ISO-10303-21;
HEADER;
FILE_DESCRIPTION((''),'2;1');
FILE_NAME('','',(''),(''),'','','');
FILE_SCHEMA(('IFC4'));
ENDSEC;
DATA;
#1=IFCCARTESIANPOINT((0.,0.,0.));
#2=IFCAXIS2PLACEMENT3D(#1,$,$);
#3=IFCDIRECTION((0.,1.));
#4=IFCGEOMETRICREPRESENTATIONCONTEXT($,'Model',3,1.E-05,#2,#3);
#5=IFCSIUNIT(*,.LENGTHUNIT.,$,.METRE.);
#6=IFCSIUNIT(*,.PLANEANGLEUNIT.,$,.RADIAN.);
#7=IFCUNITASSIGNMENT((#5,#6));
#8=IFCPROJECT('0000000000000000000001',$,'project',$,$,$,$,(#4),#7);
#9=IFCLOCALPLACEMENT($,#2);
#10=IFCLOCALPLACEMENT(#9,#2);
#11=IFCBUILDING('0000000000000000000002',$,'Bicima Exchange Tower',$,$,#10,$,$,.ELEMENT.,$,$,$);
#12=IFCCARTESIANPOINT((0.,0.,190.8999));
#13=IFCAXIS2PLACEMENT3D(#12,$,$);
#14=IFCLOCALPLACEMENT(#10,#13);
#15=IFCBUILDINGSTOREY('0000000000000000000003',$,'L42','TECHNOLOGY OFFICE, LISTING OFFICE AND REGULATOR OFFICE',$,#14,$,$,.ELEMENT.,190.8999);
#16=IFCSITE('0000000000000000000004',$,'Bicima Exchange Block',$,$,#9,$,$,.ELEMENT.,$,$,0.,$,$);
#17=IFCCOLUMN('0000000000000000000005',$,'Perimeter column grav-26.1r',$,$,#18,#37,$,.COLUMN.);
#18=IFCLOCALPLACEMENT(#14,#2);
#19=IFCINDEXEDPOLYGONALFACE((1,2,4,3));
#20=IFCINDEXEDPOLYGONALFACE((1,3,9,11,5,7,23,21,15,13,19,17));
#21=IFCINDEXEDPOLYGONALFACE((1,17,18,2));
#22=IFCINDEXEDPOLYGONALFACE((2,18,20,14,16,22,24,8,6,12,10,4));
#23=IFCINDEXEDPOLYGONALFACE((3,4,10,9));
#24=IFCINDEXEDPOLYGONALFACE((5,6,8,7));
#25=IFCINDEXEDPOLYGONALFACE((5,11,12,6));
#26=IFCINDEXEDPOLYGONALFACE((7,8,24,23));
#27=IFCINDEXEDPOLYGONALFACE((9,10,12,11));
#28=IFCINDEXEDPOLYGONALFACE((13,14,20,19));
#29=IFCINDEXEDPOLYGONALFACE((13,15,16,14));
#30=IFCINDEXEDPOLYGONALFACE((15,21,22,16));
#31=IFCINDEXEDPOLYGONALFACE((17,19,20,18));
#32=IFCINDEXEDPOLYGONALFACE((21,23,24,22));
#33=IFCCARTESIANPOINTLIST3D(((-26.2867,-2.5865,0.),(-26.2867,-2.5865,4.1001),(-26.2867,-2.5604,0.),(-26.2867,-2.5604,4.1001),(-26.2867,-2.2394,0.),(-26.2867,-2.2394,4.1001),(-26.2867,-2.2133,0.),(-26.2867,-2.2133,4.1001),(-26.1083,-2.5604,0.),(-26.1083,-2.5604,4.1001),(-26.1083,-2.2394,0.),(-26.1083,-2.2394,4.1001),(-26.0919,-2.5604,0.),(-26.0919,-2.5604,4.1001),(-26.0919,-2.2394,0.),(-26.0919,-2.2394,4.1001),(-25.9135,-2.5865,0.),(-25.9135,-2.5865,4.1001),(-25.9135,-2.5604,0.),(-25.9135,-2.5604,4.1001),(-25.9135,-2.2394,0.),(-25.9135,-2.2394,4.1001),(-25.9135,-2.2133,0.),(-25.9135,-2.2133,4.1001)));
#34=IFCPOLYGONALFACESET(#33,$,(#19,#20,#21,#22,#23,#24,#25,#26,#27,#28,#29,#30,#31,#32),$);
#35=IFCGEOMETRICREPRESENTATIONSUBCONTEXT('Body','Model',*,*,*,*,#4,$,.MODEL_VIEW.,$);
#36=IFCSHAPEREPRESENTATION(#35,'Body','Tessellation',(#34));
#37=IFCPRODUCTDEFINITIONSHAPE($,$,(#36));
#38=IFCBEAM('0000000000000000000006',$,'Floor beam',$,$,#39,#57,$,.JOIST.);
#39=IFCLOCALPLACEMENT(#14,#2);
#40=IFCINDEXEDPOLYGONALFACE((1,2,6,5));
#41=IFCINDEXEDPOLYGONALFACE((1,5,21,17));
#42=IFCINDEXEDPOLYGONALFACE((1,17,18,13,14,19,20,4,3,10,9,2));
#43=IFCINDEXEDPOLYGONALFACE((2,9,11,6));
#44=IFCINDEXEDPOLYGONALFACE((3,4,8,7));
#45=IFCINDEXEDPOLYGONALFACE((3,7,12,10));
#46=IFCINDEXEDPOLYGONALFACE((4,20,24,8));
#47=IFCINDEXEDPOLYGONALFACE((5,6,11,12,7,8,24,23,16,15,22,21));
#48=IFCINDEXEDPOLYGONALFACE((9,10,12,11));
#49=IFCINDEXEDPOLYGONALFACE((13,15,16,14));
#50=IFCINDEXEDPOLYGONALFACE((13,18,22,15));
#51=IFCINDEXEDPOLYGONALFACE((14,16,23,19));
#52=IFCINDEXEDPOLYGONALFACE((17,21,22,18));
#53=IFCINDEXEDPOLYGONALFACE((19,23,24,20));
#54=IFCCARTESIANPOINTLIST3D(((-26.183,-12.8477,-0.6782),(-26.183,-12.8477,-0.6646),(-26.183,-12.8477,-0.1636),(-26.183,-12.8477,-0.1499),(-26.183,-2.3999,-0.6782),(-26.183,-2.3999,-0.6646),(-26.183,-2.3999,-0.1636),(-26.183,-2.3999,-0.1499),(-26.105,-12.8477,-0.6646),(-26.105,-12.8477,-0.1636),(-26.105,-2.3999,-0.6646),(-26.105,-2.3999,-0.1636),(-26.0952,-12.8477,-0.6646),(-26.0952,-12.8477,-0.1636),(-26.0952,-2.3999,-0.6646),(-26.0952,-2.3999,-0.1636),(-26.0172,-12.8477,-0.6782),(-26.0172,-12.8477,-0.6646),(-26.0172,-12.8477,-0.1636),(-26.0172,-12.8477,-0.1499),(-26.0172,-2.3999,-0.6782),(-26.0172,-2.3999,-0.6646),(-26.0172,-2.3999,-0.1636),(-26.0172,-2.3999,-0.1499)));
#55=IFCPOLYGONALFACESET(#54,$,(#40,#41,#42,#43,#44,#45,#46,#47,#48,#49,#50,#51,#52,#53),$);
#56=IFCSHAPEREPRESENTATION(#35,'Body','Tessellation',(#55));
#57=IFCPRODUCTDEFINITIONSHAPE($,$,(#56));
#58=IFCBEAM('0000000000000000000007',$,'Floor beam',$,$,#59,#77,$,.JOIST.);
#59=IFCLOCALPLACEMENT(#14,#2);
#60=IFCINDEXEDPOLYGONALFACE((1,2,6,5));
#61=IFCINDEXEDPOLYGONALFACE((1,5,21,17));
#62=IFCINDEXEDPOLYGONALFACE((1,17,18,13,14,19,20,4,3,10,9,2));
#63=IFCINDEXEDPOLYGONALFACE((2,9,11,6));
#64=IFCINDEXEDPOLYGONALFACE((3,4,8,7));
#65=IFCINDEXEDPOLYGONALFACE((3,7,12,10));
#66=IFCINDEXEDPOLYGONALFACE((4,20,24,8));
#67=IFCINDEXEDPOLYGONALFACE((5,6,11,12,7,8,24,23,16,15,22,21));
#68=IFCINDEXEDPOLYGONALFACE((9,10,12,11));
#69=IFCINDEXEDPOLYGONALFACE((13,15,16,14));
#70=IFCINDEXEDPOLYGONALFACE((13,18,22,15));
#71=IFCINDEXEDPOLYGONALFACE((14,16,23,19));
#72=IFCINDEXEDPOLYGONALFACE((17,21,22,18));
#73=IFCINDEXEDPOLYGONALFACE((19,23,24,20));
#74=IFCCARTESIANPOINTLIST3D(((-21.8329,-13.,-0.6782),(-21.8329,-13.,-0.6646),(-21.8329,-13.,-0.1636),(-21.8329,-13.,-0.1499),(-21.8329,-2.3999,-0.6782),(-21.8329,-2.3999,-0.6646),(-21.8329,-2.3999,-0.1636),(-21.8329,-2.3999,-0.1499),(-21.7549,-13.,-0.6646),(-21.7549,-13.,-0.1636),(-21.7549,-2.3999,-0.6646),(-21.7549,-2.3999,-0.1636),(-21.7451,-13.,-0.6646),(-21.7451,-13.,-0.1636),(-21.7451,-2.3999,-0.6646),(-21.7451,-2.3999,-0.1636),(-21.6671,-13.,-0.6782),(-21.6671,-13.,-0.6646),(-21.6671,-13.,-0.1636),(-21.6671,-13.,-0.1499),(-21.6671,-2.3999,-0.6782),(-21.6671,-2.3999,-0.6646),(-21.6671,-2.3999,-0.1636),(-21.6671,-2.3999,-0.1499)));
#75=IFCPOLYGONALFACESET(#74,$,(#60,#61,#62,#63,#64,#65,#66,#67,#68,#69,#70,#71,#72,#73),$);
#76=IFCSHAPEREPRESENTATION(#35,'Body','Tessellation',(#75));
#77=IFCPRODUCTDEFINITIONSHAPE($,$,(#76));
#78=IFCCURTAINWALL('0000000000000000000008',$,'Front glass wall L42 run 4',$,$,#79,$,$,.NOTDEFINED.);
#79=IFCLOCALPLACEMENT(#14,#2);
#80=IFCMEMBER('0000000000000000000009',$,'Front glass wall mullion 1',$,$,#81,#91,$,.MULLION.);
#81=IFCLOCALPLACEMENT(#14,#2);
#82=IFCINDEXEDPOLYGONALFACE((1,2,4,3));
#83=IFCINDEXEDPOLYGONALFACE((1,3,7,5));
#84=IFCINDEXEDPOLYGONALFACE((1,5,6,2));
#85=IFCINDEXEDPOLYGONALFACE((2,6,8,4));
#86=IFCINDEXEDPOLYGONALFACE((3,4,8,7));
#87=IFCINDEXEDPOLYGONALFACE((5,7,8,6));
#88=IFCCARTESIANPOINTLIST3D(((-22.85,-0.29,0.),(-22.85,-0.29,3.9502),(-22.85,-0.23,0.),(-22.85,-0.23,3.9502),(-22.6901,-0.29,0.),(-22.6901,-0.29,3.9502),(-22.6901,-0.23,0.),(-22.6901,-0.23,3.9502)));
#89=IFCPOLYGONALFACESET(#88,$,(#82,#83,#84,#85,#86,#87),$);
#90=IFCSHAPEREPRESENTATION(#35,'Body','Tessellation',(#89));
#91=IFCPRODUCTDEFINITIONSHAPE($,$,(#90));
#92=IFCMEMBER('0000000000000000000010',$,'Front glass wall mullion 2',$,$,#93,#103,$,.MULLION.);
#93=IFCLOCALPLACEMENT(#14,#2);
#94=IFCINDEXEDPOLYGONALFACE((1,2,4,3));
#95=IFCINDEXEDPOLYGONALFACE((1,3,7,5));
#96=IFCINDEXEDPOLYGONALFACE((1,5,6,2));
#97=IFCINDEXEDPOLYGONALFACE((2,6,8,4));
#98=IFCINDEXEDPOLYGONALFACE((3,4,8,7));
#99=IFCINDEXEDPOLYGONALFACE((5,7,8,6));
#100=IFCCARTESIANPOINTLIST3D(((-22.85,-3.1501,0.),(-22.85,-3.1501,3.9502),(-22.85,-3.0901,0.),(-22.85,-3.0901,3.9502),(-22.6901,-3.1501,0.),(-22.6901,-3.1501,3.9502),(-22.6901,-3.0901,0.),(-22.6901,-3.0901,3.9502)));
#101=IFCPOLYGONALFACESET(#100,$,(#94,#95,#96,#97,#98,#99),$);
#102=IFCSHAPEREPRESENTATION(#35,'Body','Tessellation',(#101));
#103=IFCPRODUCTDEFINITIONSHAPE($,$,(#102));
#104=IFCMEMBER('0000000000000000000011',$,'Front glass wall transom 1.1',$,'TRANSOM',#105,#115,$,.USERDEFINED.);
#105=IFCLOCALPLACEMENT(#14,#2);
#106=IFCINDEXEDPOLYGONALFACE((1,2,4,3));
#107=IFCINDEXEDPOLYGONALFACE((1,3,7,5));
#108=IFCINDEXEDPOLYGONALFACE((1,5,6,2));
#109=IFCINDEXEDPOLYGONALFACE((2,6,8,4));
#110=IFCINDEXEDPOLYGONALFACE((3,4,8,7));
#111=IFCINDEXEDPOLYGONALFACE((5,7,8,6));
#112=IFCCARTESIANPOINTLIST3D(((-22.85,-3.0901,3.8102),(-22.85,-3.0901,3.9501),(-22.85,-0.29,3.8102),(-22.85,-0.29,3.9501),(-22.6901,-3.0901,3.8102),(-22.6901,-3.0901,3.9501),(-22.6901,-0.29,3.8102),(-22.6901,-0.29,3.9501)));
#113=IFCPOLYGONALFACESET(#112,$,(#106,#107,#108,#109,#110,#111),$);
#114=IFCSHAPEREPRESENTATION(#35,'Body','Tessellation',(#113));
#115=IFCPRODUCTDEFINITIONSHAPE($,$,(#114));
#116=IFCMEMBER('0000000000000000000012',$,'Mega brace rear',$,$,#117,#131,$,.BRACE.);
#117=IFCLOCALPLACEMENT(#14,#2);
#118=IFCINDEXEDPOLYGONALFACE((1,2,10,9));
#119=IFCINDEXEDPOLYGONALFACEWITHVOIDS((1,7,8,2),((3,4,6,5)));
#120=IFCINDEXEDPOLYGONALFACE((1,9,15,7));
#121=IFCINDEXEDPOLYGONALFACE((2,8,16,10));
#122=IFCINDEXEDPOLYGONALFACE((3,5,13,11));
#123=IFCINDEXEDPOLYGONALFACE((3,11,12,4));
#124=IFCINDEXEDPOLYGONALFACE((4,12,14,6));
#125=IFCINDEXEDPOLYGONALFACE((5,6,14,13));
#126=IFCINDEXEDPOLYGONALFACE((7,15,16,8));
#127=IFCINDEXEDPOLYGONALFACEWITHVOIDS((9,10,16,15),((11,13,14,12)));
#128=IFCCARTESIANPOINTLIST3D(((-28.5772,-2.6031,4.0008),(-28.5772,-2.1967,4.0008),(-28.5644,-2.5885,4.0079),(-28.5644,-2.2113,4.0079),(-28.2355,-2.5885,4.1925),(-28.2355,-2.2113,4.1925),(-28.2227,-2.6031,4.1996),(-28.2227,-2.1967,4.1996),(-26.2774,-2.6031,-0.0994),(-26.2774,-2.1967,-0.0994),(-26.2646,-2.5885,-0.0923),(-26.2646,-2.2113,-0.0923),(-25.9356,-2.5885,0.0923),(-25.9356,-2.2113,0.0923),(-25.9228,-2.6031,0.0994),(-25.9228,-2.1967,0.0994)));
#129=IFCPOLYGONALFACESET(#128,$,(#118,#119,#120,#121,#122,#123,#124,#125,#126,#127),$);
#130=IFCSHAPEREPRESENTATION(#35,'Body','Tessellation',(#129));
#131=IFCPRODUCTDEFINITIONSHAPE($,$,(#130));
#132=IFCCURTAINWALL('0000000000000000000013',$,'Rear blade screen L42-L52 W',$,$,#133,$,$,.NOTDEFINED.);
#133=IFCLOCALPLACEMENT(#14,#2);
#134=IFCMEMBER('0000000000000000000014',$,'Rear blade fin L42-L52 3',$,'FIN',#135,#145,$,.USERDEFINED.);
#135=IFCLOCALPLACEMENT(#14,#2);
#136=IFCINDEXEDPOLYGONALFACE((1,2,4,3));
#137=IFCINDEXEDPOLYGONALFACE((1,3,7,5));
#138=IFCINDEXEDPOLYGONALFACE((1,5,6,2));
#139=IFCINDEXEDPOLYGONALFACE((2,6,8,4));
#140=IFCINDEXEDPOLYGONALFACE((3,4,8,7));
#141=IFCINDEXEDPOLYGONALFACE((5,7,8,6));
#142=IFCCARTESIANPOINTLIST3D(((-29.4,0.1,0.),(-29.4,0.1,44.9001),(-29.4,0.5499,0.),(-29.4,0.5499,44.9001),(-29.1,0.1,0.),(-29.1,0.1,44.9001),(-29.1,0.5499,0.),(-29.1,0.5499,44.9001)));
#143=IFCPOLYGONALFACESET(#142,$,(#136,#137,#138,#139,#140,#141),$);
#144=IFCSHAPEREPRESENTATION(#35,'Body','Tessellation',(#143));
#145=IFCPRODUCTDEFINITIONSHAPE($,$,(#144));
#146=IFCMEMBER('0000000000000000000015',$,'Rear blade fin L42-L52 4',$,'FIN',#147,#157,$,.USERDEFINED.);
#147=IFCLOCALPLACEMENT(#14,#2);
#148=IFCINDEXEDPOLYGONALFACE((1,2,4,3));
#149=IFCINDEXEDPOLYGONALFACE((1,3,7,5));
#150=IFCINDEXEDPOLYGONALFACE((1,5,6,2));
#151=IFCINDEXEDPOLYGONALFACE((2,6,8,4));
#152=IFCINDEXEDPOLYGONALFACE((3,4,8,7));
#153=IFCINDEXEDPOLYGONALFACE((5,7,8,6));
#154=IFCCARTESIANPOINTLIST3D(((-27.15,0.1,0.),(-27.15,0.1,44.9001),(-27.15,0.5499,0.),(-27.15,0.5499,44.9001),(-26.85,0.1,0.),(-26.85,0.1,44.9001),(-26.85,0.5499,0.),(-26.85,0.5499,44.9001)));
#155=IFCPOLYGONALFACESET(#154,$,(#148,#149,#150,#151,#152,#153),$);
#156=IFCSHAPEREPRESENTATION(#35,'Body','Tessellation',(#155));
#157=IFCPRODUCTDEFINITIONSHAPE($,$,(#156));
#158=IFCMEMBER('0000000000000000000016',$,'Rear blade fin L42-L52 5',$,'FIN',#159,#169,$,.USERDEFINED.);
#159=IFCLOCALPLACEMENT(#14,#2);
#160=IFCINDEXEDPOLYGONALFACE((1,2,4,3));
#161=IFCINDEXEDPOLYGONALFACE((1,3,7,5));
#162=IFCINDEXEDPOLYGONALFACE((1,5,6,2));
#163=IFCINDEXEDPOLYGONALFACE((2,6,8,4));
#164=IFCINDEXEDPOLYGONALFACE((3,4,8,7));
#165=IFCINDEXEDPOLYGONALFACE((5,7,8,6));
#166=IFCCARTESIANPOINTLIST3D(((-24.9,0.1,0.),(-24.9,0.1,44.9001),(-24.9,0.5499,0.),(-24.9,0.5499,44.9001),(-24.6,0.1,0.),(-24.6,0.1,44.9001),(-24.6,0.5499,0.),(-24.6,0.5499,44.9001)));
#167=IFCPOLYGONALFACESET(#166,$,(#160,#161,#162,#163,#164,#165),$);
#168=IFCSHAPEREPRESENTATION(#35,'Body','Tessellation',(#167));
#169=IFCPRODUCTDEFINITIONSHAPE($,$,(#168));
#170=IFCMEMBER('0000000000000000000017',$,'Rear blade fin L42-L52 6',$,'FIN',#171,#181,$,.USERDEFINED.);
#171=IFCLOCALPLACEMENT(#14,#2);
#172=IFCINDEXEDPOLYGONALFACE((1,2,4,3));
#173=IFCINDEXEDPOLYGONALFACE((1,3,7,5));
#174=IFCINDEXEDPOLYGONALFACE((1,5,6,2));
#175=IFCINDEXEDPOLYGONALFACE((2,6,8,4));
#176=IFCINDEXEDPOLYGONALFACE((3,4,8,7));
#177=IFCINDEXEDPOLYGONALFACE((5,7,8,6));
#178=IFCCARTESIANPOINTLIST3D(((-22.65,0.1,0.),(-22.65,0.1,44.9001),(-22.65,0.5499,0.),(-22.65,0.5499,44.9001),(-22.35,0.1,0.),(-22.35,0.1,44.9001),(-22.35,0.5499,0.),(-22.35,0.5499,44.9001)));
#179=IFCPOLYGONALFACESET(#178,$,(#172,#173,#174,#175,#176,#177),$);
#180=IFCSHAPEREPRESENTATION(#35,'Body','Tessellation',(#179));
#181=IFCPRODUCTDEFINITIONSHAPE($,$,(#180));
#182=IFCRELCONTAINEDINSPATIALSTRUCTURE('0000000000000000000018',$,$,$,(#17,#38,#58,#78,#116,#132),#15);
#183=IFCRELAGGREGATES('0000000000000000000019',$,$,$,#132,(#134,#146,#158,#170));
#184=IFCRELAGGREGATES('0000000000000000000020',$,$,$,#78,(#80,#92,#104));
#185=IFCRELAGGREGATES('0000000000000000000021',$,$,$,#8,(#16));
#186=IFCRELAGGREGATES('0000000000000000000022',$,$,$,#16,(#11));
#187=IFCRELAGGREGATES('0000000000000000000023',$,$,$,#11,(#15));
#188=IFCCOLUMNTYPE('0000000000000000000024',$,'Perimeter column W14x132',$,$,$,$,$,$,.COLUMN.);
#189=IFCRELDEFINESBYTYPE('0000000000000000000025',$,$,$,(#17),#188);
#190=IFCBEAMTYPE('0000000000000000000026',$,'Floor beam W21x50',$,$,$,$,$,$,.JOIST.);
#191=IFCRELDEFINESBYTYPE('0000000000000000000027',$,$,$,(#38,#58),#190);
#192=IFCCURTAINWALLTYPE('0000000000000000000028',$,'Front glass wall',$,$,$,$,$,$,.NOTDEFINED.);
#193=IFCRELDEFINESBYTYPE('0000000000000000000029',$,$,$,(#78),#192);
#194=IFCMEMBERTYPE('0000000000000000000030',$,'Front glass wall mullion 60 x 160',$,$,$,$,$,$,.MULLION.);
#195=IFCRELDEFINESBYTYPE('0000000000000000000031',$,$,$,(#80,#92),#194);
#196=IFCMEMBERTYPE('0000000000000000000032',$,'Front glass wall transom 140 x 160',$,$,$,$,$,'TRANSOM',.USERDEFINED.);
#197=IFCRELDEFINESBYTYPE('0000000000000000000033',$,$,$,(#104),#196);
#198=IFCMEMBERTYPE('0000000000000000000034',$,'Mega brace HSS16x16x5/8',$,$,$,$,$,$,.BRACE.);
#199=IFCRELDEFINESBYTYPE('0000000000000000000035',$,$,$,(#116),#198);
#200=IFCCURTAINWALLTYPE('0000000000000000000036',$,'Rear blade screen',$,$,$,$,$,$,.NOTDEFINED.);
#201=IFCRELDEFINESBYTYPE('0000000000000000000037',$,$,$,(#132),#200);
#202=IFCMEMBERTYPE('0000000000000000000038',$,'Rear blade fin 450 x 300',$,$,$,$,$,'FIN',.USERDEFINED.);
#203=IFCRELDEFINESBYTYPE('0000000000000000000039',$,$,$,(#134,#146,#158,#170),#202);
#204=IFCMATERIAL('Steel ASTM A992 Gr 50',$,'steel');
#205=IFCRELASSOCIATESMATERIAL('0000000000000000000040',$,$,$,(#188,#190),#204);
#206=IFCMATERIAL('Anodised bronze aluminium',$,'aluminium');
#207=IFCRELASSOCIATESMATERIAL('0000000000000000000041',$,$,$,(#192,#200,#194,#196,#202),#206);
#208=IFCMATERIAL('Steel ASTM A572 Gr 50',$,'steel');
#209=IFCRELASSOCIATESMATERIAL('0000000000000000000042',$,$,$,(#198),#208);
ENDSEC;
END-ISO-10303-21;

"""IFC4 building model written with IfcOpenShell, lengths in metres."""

from ifc_helpers import new_model, si_unit, direction, frame, origin, origin_2d, place, context, subcontext, project, spatial, rectangle, hollow_rectangle, i_section, extrude, material, material_profile, profile_set, type_object, element, aggregate, save


model = new_model("IFC4")

# Units and contexts
model_context = context("Model", 3, precision=1e-05, world=origin(), true_north=direction((0.0, 1.0)))
body_context = subcontext(model_context, "Body", "Model", "MODEL_VIEW")
ifc_project = project(units=[si_unit("LENGTHUNIT", "METRE"), si_unit("PLANEANGLEUNIT", "RADIAN")], contexts=[model_context])

# Site, building, storey
site_placement = place(None, origin())
site = spatial("IfcSite", under=ifc_project, at=site_placement, Name="Bicima Exchange Block", CompositionType="ELEMENT", RefElevation=0.0)
building_placement = place(site_placement, origin())
building = spatial("IfcBuilding", under=site, at=building_placement, Name="Bicima Exchange Tower", CompositionType="ELEMENT")
storey_placement = place(building_placement, frame((0.0, 0.0, 190.8999)))
storey = spatial("IfcBuildingStorey", under=building, at=storey_placement, Name="L42", Description="TECHNOLOGY OFFICE, LISTING OFFICE AND REGULATOR OFFICE", CompositionType="ELEMENT", Elevation=190.8999)

# Column
ifc_material_1 = material(Name="Steel ASTM A992 Gr 50", Category="steel")
ifc_material_profile_1 = material_profile(ifc_material_1, i_section(OverallWidth=0.3733, OverallDepth=0.3733, WebThickness=0.0164, FlangeThickness=0.0261, at=origin_2d()))
ifc_profile_set_1 = profile_set([ifc_material_profile_1], Name="Steel ASTM A992 Gr 50")
column_type = type_object("IfcColumnType", Name="Perimeter column W14x132", PredefinedType="COLUMN", material=ifc_profile_set_1)
column_placement = place(storey_placement, frame((-26.1001, -2.3999, 0.0), z_axis=(0.0, 0.0, 1.0), x_axis=(1.0, 0.0, 0.0)))
element("IfcColumn", 1, at=column_placement, inside=storey, type_object=column_type, Name="Perimeter column grav-26.1r", PredefinedType="COLUMN", context=body_context, shape_type="SweptSolid", body=[
    extrude(i_section(OverallWidth=0.3733, OverallDepth=0.3733, WebThickness=0.0164, FlangeThickness=0.0261, at=origin_2d()), origin(), (0.0, 0.0, 1.0), 4.1001),
])

# Beams
ifc_material_profile_2 = material_profile(ifc_material_1, i_section(OverallWidth=0.1658, OverallDepth=0.5283, WebThickness=0.0098, FlangeThickness=0.0137, at=origin_2d()))
ifc_profile_set_2 = profile_set([ifc_material_profile_2], Name="Steel ASTM A992 Gr 50")
beam_type = type_object("IfcBeamType", Name="Floor beam W21x50", PredefinedType="JOIST", material=ifc_profile_set_2)
beam_1_placement = place(storey_placement, frame((-26.1001, -2.3999, -0.4141), z_axis=(0.0, -1.0, 0.0), x_axis=(1.0, 0.0, 0.0)))
element("IfcBeam", 2, at=beam_1_placement, inside=storey, type_object=beam_type, Name="Floor beam", PredefinedType="JOIST", context=body_context, shape_type="SweptSolid", body=[
    extrude(i_section(OverallWidth=0.1658, OverallDepth=0.5283, WebThickness=0.0098, FlangeThickness=0.0137, at=origin_2d()), origin(), (0.0, 0.0, 1.0), 10.4478),
])
beam_2_placement = place(storey_placement, frame((-21.75, -2.3999, -0.4141), z_axis=(0.0, -1.0, 0.0), x_axis=(1.0, 0.0, 0.0)))
element("IfcBeam", 3, at=beam_2_placement, inside=storey, type_object=beam_type, Name="Floor beam", PredefinedType="JOIST", context=body_context, shape_type="SweptSolid", body=[
    extrude(i_section(OverallWidth=0.1658, OverallDepth=0.5283, WebThickness=0.0098, FlangeThickness=0.0137, at=origin_2d()), origin(), (0.0, 0.0, 1.0), 10.6001),
])

# Curtain wall, members
ifc_material_2 = material(Name="Anodised bronze aluminium", Category="aluminium")
curtain_wall_type_1 = type_object("IfcCurtainWallType", Name="Front glass wall", PredefinedType="NOTDEFINED", material=ifc_material_2)
curtain_wall_1_placement = place(storey_placement, origin())
curtain_wall_1 = element("IfcCurtainWall", 4, at=curtain_wall_1_placement, inside=storey, type_object=curtain_wall_type_1, Name="Front glass wall L42 run 4", PredefinedType="NOTDEFINED")
ifc_material_profile_3 = material_profile(ifc_material_2, rectangle(XDim=0.1599, YDim=0.0601, at=origin_2d()))
ifc_profile_set_3 = profile_set([ifc_material_profile_3], Name="Anodised bronze aluminium")
member_type_1 = type_object("IfcMemberType", Name="Front glass wall mullion 60 x 160", PredefinedType="MULLION", material=ifc_profile_set_3)
member_1_placement = place(storey_placement, frame((-22.77, -0.26, 0.0), z_axis=(0.0, 0.0, 1.0), x_axis=(1.0, 0.0, 0.0)))
member_1 = element("IfcMember", 5, at=member_1_placement, type_object=member_type_1, Name="Front glass wall mullion 1", PredefinedType="MULLION", context=body_context, shape_type="SweptSolid", body=[
    extrude(rectangle(XDim=0.1599, YDim=0.0601, at=origin_2d()), origin(), (0.0, 0.0, 1.0), 3.9502),
])
member_2_placement = place(storey_placement, frame((-22.77, -3.1201, 0.0), z_axis=(0.0, 0.0, 1.0), x_axis=(1.0, 0.0, 0.0)))
member_2 = element("IfcMember", 6, at=member_2_placement, type_object=member_type_1, Name="Front glass wall mullion 2", PredefinedType="MULLION", context=body_context, shape_type="SweptSolid", body=[
    extrude(rectangle(XDim=0.1599, YDim=0.0601, at=origin_2d()), origin(), (0.0, 0.0, 1.0), 3.9502),
])
ifc_material_profile_4 = material_profile(ifc_material_2, rectangle(XDim=0.1599, YDim=0.1399, at=origin_2d()))
ifc_profile_set_4 = profile_set([ifc_material_profile_4], Name="Anodised bronze aluminium")
member_type_2 = type_object("IfcMemberType", Name="Front glass wall transom 140 x 160", ElementType="TRANSOM", PredefinedType="USERDEFINED", material=ifc_profile_set_4)
member_3_placement = place(storey_placement, frame((-22.77, -0.29, 3.8801), z_axis=(0.0, -1.0, 0.0), x_axis=(1.0, 0.0, 0.0)))
member_3 = element("IfcMember", 7, at=member_3_placement, type_object=member_type_2, Name="Front glass wall transom 1.1", ObjectType="TRANSOM", PredefinedType="USERDEFINED", context=body_context, shape_type="SweptSolid", body=[
    extrude(rectangle(XDim=0.1599, YDim=0.1399, at=origin_2d()), origin(), (0.0, 0.0, 1.0), 2.8),
])

# Member
ifc_material_3 = material(Name="Steel ASTM A572 Gr 50", Category="steel")
ifc_material_profile_5 = material_profile(ifc_material_3, hollow_rectangle(XDim=0.4065, YDim=0.4065, WallThickness=0.0146, at=origin_2d()))
ifc_profile_set_5 = profile_set([ifc_material_profile_5], Name="Steel ASTM A572 Gr 50")
member_type_3 = type_object("IfcMemberType", Name="Mega brace HSS16x16x5/8", PredefinedType="BRACE", material=ifc_profile_set_5)
member_4_placement = place(storey_placement, frame((-26.1001, -2.3999, 0.0), z_axis=(-0.489211, 0.0, 0.872166), x_axis=(0.0, -1.0, 0.0)))
element("IfcMember", 8, at=member_4_placement, inside=storey, type_object=member_type_3, Name="Mega brace rear", PredefinedType="BRACE", context=body_context, shape_type="SweptSolid", body=[
    extrude(hollow_rectangle(XDim=0.4065, YDim=0.4065, WallThickness=0.0146, at=origin_2d()), origin(), (0.0, 0.0, 1.0), 4.7012),
])

# Curtain wall, members
curtain_wall_type_2 = type_object("IfcCurtainWallType", Name="Rear blade screen", PredefinedType="NOTDEFINED", material=ifc_material_2)
curtain_wall_2_placement = place(storey_placement, origin())
curtain_wall_2 = element("IfcCurtainWall", 9, at=curtain_wall_2_placement, inside=storey, type_object=curtain_wall_type_2, Name="Rear blade screen L42-L52 W", PredefinedType="NOTDEFINED")
ifc_material_profile_6 = material_profile(ifc_material_2, rectangle(XDim=0.45, YDim=0.3, at=origin_2d()))
ifc_profile_set_6 = profile_set([ifc_material_profile_6], Name="Anodised bronze aluminium")
member_type_4 = type_object("IfcMemberType", Name="Rear blade fin 450 x 300", ElementType="FIN", PredefinedType="USERDEFINED", material=ifc_profile_set_6)
member_5_placement = place(storey_placement, frame((-29.25, 0.325, 0.0), z_axis=(0.0, 0.0, 1.0), x_axis=(0.0, 1.0, 0.0)))
member_5 = element("IfcMember", 10, at=member_5_placement, type_object=member_type_4, Name="Rear blade fin L42-L52 3", ObjectType="FIN", PredefinedType="USERDEFINED", context=body_context, shape_type="SweptSolid", body=[
    extrude(rectangle(XDim=0.45, YDim=0.3, at=origin_2d()), origin(), (0.0, 0.0, 1.0), 44.9001),
])
member_6_placement = place(storey_placement, frame((-27.0, 0.325, 0.0), z_axis=(0.0, 0.0, 1.0), x_axis=(0.0, 1.0, 0.0)))
member_6 = element("IfcMember", 11, at=member_6_placement, type_object=member_type_4, Name="Rear blade fin L42-L52 4", ObjectType="FIN", PredefinedType="USERDEFINED", context=body_context, shape_type="SweptSolid", body=[
    extrude(rectangle(XDim=0.45, YDim=0.3, at=origin_2d()), origin(), (0.0, 0.0, 1.0), 44.9001),
])
member_7_placement = place(storey_placement, frame((-24.75, 0.325, 0.0), z_axis=(0.0, 0.0, 1.0), x_axis=(0.0, 1.0, 0.0)))
member_7 = element("IfcMember", 12, at=member_7_placement, type_object=member_type_4, Name="Rear blade fin L42-L52 5", ObjectType="FIN", PredefinedType="USERDEFINED", context=body_context, shape_type="SweptSolid", body=[
    extrude(rectangle(XDim=0.45, YDim=0.3, at=origin_2d()), origin(), (0.0, 0.0, 1.0), 44.9001),
])
member_8_placement = place(storey_placement, frame((-22.5, 0.325, 0.0), z_axis=(0.0, 0.0, 1.0), x_axis=(0.0, 1.0, 0.0)))
member_8 = element("IfcMember", 13, at=member_8_placement, type_object=member_type_4, Name="Rear blade fin L42-L52 6", ObjectType="FIN", PredefinedType="USERDEFINED", context=body_context, shape_type="SweptSolid", body=[
    extrude(rectangle(XDim=0.45, YDim=0.3, at=origin_2d()), origin(), (0.0, 0.0, 1.0), 44.9001),
])
aggregate(curtain_wall_2, [member_5, member_6, member_7, member_8])

aggregate(curtain_wall_1, [member_1, member_2, member_3])

save(model, "model.ifc")
